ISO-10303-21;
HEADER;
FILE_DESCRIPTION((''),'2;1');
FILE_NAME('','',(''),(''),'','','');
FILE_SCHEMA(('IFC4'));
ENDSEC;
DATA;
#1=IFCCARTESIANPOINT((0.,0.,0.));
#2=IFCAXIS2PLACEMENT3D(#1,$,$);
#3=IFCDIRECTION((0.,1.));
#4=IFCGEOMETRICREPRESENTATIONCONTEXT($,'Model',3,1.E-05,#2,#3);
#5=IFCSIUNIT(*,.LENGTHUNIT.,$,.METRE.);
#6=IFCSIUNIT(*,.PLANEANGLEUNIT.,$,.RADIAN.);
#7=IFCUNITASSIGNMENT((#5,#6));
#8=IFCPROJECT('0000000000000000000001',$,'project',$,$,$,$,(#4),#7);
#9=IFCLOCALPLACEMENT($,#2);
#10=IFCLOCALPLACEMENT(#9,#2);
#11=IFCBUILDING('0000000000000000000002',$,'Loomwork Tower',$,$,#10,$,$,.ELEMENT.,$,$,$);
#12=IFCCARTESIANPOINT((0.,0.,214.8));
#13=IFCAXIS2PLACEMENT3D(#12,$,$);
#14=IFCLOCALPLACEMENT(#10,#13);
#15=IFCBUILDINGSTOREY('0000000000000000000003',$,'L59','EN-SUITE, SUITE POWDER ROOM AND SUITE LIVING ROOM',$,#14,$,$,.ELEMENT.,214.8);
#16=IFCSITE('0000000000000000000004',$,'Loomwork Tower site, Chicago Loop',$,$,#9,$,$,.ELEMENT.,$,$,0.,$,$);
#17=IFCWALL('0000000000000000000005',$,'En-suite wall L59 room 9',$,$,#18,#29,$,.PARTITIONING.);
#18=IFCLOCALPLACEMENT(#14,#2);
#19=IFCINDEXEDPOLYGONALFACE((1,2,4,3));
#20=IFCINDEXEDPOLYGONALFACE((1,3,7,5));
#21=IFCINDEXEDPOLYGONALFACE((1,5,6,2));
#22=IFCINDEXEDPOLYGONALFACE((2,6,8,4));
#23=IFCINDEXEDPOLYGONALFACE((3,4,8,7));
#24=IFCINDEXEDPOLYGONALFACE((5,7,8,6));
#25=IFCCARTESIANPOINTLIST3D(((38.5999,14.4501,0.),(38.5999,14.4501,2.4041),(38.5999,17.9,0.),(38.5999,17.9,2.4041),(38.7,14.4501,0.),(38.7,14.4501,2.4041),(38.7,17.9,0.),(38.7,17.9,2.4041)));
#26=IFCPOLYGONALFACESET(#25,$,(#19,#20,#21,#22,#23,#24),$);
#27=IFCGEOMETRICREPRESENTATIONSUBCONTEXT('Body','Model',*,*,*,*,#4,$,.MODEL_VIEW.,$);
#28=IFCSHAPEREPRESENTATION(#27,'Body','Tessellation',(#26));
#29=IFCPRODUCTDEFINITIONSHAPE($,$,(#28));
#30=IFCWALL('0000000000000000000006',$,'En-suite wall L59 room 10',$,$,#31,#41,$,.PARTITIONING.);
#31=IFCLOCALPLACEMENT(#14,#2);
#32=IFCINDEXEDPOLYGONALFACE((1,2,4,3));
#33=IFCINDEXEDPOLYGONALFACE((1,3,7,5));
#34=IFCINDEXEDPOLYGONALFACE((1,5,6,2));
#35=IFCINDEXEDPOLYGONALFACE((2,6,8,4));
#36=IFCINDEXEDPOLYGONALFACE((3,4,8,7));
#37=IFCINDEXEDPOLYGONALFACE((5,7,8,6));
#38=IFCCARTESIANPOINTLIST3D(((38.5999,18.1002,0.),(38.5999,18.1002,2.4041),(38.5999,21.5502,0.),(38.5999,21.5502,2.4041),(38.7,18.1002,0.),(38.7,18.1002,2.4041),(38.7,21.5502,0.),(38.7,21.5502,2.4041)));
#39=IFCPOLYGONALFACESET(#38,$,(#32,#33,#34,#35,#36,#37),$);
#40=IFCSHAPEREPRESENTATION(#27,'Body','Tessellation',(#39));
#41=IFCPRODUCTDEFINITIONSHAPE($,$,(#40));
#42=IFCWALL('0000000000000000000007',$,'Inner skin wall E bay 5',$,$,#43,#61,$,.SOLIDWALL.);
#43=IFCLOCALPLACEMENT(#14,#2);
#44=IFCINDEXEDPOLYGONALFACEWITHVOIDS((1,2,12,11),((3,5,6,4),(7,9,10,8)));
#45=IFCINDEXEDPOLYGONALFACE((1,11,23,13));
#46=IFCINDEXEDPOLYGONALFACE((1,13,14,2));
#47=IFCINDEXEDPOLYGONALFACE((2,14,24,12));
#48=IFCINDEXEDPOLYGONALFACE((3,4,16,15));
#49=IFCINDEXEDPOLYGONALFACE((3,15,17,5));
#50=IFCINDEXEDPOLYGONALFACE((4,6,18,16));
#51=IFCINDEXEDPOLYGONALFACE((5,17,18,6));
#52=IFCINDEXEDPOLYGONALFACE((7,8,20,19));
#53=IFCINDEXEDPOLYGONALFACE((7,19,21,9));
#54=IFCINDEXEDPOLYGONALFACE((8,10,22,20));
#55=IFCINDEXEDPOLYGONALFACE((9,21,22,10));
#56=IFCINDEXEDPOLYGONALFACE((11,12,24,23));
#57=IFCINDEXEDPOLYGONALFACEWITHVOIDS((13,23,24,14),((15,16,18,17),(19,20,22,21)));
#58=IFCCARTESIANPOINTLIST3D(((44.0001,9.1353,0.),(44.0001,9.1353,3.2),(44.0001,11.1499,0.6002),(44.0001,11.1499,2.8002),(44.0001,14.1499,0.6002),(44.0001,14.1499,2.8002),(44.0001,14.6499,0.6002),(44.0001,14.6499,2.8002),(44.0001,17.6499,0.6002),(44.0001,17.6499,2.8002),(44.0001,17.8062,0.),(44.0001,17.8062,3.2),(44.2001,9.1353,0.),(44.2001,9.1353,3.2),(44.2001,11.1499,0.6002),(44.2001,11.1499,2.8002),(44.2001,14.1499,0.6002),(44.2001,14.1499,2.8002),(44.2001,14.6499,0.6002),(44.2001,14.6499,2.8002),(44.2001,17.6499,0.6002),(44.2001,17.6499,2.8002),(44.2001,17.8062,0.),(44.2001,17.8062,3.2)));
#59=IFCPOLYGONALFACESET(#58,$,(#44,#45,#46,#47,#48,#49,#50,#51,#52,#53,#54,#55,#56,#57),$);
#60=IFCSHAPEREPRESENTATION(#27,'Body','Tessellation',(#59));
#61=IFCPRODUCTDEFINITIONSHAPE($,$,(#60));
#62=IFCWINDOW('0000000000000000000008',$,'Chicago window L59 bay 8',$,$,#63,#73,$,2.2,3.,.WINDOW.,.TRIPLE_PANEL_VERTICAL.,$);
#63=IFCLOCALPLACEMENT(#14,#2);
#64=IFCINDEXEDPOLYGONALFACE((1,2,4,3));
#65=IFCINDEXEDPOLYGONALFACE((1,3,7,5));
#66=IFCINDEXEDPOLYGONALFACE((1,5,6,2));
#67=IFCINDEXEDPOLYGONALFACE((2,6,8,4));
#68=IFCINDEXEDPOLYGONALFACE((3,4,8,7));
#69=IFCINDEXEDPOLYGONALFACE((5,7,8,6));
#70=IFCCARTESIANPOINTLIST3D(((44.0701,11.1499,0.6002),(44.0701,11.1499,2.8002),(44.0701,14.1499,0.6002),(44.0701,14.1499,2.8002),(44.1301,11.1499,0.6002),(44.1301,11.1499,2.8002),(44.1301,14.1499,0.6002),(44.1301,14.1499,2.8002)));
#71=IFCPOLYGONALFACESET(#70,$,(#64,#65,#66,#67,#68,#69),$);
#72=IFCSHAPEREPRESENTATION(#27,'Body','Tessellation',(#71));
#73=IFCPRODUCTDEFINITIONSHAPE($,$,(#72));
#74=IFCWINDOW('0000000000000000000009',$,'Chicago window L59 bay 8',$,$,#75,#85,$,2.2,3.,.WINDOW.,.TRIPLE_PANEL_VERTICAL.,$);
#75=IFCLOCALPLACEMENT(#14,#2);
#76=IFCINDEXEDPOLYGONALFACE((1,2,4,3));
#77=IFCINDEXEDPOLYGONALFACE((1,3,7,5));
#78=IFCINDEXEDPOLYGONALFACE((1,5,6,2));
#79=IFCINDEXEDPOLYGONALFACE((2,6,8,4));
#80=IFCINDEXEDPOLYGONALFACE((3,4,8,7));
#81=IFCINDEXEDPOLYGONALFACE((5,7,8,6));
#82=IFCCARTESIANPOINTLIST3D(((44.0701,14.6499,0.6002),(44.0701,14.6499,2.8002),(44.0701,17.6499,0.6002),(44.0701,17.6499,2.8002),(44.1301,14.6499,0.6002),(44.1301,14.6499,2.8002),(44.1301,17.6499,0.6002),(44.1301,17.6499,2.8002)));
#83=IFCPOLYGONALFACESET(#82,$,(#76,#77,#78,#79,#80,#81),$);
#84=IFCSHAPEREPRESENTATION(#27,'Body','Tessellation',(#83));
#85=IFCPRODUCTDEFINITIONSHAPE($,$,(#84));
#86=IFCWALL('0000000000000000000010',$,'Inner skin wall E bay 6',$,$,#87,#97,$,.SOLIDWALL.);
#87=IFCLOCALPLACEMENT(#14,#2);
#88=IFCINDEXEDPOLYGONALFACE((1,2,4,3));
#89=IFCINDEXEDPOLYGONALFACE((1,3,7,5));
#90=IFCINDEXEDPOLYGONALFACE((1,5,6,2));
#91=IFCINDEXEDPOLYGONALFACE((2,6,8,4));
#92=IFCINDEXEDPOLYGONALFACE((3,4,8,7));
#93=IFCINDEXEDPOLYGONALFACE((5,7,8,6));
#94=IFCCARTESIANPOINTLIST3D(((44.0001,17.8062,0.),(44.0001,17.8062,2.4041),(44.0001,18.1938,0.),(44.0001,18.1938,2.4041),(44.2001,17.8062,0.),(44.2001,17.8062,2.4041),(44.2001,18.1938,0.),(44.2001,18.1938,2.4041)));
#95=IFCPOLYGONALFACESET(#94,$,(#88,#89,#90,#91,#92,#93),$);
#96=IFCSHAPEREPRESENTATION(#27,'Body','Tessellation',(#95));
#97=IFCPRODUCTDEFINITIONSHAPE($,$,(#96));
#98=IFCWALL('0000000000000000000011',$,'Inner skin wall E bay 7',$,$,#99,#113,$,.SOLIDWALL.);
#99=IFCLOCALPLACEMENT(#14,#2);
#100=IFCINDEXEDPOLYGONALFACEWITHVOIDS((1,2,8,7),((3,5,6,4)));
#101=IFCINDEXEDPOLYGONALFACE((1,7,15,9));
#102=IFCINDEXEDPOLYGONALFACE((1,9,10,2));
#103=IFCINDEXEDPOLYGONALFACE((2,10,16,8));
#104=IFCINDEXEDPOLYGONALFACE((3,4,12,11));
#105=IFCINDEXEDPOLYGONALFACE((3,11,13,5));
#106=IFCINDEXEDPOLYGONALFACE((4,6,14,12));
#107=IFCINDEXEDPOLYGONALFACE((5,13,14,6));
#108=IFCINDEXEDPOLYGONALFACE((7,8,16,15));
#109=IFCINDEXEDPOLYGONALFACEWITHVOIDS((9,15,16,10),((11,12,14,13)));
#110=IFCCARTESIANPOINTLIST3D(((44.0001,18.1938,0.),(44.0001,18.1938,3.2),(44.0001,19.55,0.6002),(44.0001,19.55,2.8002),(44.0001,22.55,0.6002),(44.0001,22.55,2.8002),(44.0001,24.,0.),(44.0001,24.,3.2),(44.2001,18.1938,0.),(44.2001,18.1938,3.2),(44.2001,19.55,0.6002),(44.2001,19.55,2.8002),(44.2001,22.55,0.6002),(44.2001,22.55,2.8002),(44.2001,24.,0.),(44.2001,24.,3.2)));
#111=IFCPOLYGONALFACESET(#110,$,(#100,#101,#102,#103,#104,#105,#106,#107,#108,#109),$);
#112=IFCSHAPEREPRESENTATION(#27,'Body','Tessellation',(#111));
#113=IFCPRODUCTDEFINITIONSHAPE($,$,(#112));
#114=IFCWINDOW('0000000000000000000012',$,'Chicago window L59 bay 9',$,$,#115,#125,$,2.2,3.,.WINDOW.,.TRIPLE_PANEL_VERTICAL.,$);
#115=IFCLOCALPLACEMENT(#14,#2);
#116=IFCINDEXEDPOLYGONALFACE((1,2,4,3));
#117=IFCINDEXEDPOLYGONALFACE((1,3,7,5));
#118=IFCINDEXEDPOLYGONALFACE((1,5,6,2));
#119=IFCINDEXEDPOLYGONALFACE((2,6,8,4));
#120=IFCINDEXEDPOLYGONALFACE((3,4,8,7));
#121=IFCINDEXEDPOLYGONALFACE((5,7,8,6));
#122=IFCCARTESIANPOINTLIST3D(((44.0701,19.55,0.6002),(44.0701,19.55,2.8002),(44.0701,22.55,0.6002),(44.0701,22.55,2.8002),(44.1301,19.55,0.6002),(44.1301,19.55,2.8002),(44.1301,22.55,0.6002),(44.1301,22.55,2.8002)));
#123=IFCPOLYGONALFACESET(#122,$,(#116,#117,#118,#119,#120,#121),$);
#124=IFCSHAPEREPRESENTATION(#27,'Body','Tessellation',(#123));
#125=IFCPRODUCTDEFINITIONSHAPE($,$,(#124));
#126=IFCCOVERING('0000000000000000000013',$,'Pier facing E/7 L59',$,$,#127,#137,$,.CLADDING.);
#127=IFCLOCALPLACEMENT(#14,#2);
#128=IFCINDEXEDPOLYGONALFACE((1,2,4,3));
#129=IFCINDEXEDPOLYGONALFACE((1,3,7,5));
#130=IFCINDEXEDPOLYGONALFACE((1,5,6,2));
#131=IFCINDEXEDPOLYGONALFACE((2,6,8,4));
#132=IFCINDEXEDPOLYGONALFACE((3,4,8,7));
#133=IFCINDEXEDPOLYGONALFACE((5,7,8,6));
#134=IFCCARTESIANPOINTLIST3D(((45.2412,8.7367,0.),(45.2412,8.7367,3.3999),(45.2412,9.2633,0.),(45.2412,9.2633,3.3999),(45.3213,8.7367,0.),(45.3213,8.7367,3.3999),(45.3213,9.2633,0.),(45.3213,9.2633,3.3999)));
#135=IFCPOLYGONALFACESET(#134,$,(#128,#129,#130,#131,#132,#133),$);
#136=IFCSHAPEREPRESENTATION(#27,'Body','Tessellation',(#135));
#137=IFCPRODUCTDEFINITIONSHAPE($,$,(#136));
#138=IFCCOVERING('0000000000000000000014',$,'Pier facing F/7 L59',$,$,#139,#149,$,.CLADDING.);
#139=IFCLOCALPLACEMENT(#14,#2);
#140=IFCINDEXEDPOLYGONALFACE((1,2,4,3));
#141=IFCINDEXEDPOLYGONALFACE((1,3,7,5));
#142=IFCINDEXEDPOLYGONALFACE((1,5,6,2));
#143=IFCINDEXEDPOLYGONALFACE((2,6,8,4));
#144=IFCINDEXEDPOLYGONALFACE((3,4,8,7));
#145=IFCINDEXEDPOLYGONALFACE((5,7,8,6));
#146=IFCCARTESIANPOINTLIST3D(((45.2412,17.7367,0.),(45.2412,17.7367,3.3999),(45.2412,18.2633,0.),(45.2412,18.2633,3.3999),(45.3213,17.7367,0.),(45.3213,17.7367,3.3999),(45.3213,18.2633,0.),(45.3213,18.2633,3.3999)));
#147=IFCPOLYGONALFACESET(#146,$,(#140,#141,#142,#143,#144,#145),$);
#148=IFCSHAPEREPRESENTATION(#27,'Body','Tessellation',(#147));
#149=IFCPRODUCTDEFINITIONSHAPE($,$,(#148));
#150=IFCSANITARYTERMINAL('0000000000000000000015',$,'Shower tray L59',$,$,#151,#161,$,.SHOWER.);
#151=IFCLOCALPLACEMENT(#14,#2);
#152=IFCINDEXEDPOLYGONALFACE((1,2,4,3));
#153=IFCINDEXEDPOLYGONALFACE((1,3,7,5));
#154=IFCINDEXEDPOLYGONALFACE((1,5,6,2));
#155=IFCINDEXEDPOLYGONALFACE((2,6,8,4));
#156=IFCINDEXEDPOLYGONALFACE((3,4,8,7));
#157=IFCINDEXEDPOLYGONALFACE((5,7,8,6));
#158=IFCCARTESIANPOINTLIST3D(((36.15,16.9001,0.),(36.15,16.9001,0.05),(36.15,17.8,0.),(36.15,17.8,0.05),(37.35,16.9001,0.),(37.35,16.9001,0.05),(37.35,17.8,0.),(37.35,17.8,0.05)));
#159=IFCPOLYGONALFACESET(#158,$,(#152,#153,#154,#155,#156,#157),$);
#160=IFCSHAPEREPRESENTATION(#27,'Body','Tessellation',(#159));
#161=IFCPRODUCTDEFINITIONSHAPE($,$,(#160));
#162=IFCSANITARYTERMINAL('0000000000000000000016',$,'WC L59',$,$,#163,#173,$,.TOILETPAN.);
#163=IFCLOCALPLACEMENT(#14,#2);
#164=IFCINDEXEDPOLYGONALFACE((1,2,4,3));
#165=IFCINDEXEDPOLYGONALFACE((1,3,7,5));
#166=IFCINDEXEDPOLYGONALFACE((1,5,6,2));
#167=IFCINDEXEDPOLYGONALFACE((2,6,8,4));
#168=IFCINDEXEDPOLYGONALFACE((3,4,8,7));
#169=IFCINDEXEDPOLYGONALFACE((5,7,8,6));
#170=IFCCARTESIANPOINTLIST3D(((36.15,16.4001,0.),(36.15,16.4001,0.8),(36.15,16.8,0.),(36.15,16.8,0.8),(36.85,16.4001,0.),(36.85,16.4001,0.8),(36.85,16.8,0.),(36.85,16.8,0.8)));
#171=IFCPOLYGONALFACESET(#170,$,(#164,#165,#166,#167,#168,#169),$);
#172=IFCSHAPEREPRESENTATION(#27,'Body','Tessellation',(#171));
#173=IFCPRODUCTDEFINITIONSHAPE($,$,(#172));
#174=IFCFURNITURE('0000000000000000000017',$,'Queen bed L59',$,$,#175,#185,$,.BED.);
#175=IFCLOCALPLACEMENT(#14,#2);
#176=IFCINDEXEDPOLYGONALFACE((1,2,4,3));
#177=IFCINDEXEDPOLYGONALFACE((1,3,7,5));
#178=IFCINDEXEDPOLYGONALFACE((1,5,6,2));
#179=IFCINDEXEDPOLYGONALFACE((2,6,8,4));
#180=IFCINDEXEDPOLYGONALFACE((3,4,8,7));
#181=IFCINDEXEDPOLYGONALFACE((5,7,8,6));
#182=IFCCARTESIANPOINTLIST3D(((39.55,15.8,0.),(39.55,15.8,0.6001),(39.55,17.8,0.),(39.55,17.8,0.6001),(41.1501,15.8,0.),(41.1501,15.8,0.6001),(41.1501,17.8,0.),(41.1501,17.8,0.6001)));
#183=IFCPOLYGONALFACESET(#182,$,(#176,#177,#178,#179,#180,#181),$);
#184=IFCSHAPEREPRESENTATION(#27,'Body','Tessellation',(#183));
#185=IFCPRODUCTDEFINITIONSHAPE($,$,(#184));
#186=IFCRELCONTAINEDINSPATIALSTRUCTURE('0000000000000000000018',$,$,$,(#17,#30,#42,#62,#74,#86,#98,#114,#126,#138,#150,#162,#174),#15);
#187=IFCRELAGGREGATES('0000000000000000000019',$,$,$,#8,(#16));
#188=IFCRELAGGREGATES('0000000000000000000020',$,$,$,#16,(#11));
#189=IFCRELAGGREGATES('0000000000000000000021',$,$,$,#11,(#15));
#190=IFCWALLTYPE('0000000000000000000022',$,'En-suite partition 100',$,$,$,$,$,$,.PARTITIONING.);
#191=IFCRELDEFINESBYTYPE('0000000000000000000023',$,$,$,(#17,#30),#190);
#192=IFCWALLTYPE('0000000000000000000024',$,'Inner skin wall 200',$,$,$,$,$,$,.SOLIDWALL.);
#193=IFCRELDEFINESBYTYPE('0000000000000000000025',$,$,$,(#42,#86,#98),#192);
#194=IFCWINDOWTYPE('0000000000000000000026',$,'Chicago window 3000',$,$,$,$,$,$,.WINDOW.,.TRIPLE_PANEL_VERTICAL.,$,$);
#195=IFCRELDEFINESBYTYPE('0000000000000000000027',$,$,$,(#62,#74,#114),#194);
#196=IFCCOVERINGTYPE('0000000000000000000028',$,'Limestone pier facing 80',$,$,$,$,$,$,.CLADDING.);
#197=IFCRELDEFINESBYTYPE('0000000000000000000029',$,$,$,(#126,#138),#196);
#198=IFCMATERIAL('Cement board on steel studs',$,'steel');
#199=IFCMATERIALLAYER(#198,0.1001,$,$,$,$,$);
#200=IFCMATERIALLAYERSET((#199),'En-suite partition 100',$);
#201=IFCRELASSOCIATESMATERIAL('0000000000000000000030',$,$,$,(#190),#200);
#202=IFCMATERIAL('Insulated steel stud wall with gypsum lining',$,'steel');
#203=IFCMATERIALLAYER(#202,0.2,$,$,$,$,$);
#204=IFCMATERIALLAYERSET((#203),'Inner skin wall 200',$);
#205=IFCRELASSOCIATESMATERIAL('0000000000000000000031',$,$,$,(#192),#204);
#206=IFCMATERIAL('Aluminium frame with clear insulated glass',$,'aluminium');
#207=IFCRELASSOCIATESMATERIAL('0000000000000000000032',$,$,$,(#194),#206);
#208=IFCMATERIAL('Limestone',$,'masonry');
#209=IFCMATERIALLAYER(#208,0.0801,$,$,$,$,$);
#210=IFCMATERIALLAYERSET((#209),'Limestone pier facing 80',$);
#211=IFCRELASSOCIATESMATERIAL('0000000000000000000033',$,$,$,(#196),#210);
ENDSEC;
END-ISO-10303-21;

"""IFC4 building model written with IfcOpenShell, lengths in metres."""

from ifc_helpers import new_model, si_unit, direction, frame, frame_2d, origin, origin_2d, place, context, subcontext, project, spatial, rectangle, extrude, material, layer, layer_set, type_object, element, fill, save


model = new_model("IFC4")

# Units and contexts
model_context = context("Model", 3, precision=1e-05, world=origin(), true_north=direction((0.0, 1.0)))
body_context = subcontext(model_context, "Body", "Model", "MODEL_VIEW")
ifc_project = project(units=[si_unit("LENGTHUNIT", "METRE"), si_unit("PLANEANGLEUNIT", "RADIAN")], contexts=[model_context])

# Site, building, storey
site_placement = place(None, origin())
site = spatial("IfcSite", under=ifc_project, at=site_placement, Name="Loomwork Tower site, Chicago Loop", CompositionType="ELEMENT", RefElevation=0.0)
building_placement = place(site_placement, origin())
building = spatial("IfcBuilding", under=site, at=building_placement, Name="Loomwork Tower", CompositionType="ELEMENT")
storey_placement = place(building_placement, frame((0.0, 0.0, 214.8)))
storey = spatial("IfcBuildingStorey", under=building, at=storey_placement, Name="L59", Description="EN-SUITE, SUITE POWDER ROOM AND SUITE LIVING ROOM", CompositionType="ELEMENT", Elevation=214.8)

# Walls
ifc_material_1 = material(Name="Cement board on steel studs", Category="steel")
ifc_layer_1 = layer(ifc_material_1, 0.1001)
ifc_layer_set_1 = layer_set([ifc_layer_1], Name="En-suite partition 100")
wall_type_1 = type_object("IfcWallType", Name="En-suite partition 100", PredefinedType="PARTITIONING", material=ifc_layer_set_1)
for number, where, z_axis, x_axis, name in (
    (1, (38.6499, 14.45, 0.0), (0.0, 0.0, 1.0), (0.0, 1.0, 0.0), "En-suite wall L59 room 9"),
    (2, (38.6499, 18.1001, 0.0), (0.0, 0.0, 1.0), (0.0, 1.0, 0.0), "En-suite wall L59 room 10"),
):
    element("IfcWall", number, at=place(storey_placement, frame(where, z_axis=z_axis, x_axis=x_axis)), inside=storey, type_object=wall_type_1, Name=name, PredefinedType="PARTITIONING", context=body_context, shape_type="SweptSolid", body=[
        extrude(rectangle(XDim=3.45, YDim=0.1001, at=frame_2d((1.7251, 0.0))), origin(), (0.0, 0.0, 1.0), 2.4041),
    ])

# Wall, openings, windows
ifc_material_2 = material(Name="Insulated steel stud wall with gypsum lining", Category="steel")
ifc_layer_2 = layer(ifc_material_2, 0.2)
ifc_layer_set_2 = layer_set([ifc_layer_2], Name="Inner skin wall 200")
wall_type_2 = type_object("IfcWallType", Name="Inner skin wall 200", PredefinedType="SOLIDWALL", material=ifc_layer_set_2)
wall_1_placement = place(storey_placement, frame((44.1001, 9.1353, 0.0), z_axis=(0.0, 0.0, 1.0), x_axis=(0.0, 1.0, 0.0)))
wall_1 = element("IfcWall", 3, at=wall_1_placement, inside=storey, type_object=wall_type_2, Name="Inner skin wall E bay 5", PredefinedType="SOLIDWALL", context=body_context, shape_type="SweptSolid", body=[
    extrude(rectangle(XDim=8.6709, YDim=0.2, at=frame_2d((4.3354, 0.0))), origin(), (0.0, 0.0, 1.0), 3.2),
])
opening_1_placement = place(wall_1_placement, frame((2.0146, 0.0, 0.6001)))
opening_1 = element("IfcOpeningElement", 4, at=opening_1_placement, cuts=wall_1, PredefinedType="OPENING", context=body_context, shape_type="SweptSolid", body=[
    extrude(rectangle(XDim=3.0, YDim=2.2, at=frame_2d((1.5, 1.1001))), frame((0.0, 0.1099, 0.0), z_axis=(0.0, -1.0, 0.0), x_axis=(1.0, 0.0, 0.0)), (0.0, 0.0, 1.0), 0.22),
])
opening_2_placement = place(wall_1_placement, frame((5.5146, 0.0, 0.6001)))
opening_2 = element("IfcOpeningElement", 5, at=opening_2_placement, cuts=wall_1, PredefinedType="OPENING", context=body_context, shape_type="SweptSolid", body=[
    extrude(rectangle(XDim=3.0, YDim=2.2, at=frame_2d((1.5, 1.1001))), frame((0.0, 0.1099, 0.0), z_axis=(0.0, -1.0, 0.0), x_axis=(1.0, 0.0, 0.0)), (0.0, 0.0, 1.0), 0.22),
])
ifc_material_3 = material(Name="Aluminium frame with clear insulated glass", Category="aluminium")
window_type = type_object("IfcWindowType", Name="Chicago window 3000", PartitioningType="TRIPLE_PANEL_VERTICAL", PredefinedType="WINDOW", material=ifc_material_3)
window_1_placement = place(opening_1_placement, origin())
window_1 = element("IfcWindow", 6, at=window_1_placement, inside=storey, type_object=window_type, Name="Chicago window L59 bay 8", OverallHeight=2.2, OverallWidth=3.0, PartitioningType="TRIPLE_PANEL_VERTICAL", PredefinedType="WINDOW", context=body_context, shape_type="SweptSolid", body=[
    extrude(rectangle(XDim=3.0, YDim=2.2, at=frame_2d((1.5, 1.1001))), frame((0.0, 0.03, 0.0), z_axis=(0.0, -1.0, 0.0), x_axis=(1.0, 0.0, 0.0)), (0.0, 0.0, 1.0), 0.0601),
])
fill(opening_1, window_1)
window_2_placement = place(opening_2_placement, origin())
window_2 = element("IfcWindow", 7, at=window_2_placement, inside=storey, type_object=window_type, Name="Chicago window L59 bay 8", OverallHeight=2.2, OverallWidth=3.0, PartitioningType="TRIPLE_PANEL_VERTICAL", PredefinedType="WINDOW", context=body_context, shape_type="SweptSolid", body=[
    extrude(rectangle(XDim=3.0, YDim=2.2, at=frame_2d((1.5, 1.1001))), frame((0.0, 0.03, 0.0), z_axis=(0.0, -1.0, 0.0), x_axis=(1.0, 0.0, 0.0)), (0.0, 0.0, 1.0), 0.0601),
])
fill(opening_2, window_2)

# Wall
wall_2_placement = place(storey_placement, frame((44.1001, 17.8062, 0.0), z_axis=(0.0, 0.0, 1.0), x_axis=(0.0, 1.0, 0.0)))
element("IfcWall", 8, at=wall_2_placement, inside=storey, type_object=wall_type_2, Name="Inner skin wall E bay 6", PredefinedType="SOLIDWALL", context=body_context, shape_type="SweptSolid", body=[
    extrude(rectangle(XDim=0.3877, YDim=0.2, at=frame_2d((0.1938, 0.0))), origin(), (0.0, 0.0, 1.0), 2.4041),
])

# Wall, opening, window
wall_3_placement = place(storey_placement, frame((44.1001, 18.1938, 0.0), z_axis=(0.0, 0.0, 1.0), x_axis=(0.0, 1.0, 0.0)))
wall_3 = element("IfcWall", 9, at=wall_3_placement, inside=storey, type_object=wall_type_2, Name="Inner skin wall E bay 7", PredefinedType="SOLIDWALL", context=body_context, shape_type="SweptSolid", body=[
    extrude(rectangle(XDim=5.8062, YDim=0.2, at=frame_2d((2.9031, 0.0))), origin(), (0.0, 0.0, 1.0), 3.2),
])
opening_3_placement = place(wall_3_placement, frame((1.3562, 0.0, 0.6001)))
opening_3 = element("IfcOpeningElement", 10, at=opening_3_placement, cuts=wall_3, PredefinedType="OPENING", context=body_context, shape_type="SweptSolid", body=[
    extrude(rectangle(XDim=3.0, YDim=2.2, at=frame_2d((1.5, 1.1001))), frame((0.0, 0.1099, 0.0), z_axis=(0.0, -1.0, 0.0), x_axis=(1.0, 0.0, 0.0)), (0.0, 0.0, 1.0), 0.22),
])
window_3_placement = place(opening_3_placement, origin())
window_3 = element("IfcWindow", 11, at=window_3_placement, inside=storey, type_object=window_type, Name="Chicago window L59 bay 9", OverallHeight=2.2, OverallWidth=3.0, PartitioningType="TRIPLE_PANEL_VERTICAL", PredefinedType="WINDOW", context=body_context, shape_type="SweptSolid", body=[
    extrude(rectangle(XDim=3.0, YDim=2.2, at=frame_2d((1.5, 1.1001))), frame((0.0, 0.03, 0.0), z_axis=(0.0, -1.0, 0.0), x_axis=(1.0, 0.0, 0.0)), (0.0, 0.0, 1.0), 0.0601),
])
fill(opening_3, window_3)

# Coverings
ifc_material_4 = material(Name="Limestone", Category="masonry")
ifc_layer_3 = layer(ifc_material_4, 0.0801)
ifc_layer_set_3 = layer_set([ifc_layer_3], Name="Limestone pier facing 80")
covering_type = type_object("IfcCoveringType", Name="Limestone pier facing 80", PredefinedType="CLADDING", material=ifc_layer_set_3)
for number, where, z_axis, x_axis, name in (
    (12, (45.2812, 9.0, 0.0), (0.0, 0.0, 1.0), (1.0, 0.0, 0.0), "Pier facing E/7 L59"),
    (13, (45.2812, 18.0, 0.0), (0.0, 0.0, 1.0), (1.0, 0.0, 0.0), "Pier facing F/7 L59"),
):
    element("IfcCovering", number, at=place(storey_placement, frame(where, z_axis=z_axis, x_axis=x_axis)), inside=storey, type_object=covering_type, Name=name, PredefinedType="CLADDING", context=body_context, shape_type="SweptSolid", body=[
        extrude(rectangle(XDim=0.0801, YDim=0.5266, at=origin_2d()), origin(), (0.0, 0.0, 1.0), 3.3999),
    ])

# Sanitary terminals
sanitary_terminal_1_placement = place(storey_placement, frame((36.75, 17.3501, 0.0), z_axis=(0.0, 0.0, 1.0), x_axis=(1.0, 0.0, 0.0)))
element("IfcSanitaryTerminal", 14, at=sanitary_terminal_1_placement, inside=storey, Name="Shower tray L59", PredefinedType="SHOWER", context=body_context, shape_type="SweptSolid", body=[
    extrude(rectangle(XDim=1.2, YDim=0.8999, at=origin_2d()), origin(), (0.0, 0.0, 1.0), 0.05),
])
sanitary_terminal_2_placement = place(storey_placement, frame((36.5, 16.6001, 0.0), z_axis=(0.0, 0.0, 1.0), x_axis=(1.0, 0.0, 0.0)))
element("IfcSanitaryTerminal", 15, at=sanitary_terminal_2_placement, inside=storey, Name="WC L59", PredefinedType="TOILETPAN", context=body_context, shape_type="SweptSolid", body=[
    extrude(rectangle(XDim=0.7, YDim=0.3999, at=origin_2d()), origin(), (0.0, 0.0, 1.0), 0.8),
])

# Furniture
for number, where, z_axis, x_axis, name in (
    (16, (40.3501, 16.8, 0.0), (0.0, 0.0, 1.0), (1.0, 0.0, 0.0), "Queen bed L59"),
):
    element("IfcFurniture", number, at=place(storey_placement, frame(where, z_axis=z_axis, x_axis=x_axis)), inside=storey, Name=name, PredefinedType="BED", context=body_context, shape_type="SweptSolid", body=[
        extrude(rectangle(XDim=1.6001, YDim=2.0, at=origin_2d()), origin(), (0.0, 0.0, 1.0), 0.6001),
    ])

save(model, "model.ifc")
